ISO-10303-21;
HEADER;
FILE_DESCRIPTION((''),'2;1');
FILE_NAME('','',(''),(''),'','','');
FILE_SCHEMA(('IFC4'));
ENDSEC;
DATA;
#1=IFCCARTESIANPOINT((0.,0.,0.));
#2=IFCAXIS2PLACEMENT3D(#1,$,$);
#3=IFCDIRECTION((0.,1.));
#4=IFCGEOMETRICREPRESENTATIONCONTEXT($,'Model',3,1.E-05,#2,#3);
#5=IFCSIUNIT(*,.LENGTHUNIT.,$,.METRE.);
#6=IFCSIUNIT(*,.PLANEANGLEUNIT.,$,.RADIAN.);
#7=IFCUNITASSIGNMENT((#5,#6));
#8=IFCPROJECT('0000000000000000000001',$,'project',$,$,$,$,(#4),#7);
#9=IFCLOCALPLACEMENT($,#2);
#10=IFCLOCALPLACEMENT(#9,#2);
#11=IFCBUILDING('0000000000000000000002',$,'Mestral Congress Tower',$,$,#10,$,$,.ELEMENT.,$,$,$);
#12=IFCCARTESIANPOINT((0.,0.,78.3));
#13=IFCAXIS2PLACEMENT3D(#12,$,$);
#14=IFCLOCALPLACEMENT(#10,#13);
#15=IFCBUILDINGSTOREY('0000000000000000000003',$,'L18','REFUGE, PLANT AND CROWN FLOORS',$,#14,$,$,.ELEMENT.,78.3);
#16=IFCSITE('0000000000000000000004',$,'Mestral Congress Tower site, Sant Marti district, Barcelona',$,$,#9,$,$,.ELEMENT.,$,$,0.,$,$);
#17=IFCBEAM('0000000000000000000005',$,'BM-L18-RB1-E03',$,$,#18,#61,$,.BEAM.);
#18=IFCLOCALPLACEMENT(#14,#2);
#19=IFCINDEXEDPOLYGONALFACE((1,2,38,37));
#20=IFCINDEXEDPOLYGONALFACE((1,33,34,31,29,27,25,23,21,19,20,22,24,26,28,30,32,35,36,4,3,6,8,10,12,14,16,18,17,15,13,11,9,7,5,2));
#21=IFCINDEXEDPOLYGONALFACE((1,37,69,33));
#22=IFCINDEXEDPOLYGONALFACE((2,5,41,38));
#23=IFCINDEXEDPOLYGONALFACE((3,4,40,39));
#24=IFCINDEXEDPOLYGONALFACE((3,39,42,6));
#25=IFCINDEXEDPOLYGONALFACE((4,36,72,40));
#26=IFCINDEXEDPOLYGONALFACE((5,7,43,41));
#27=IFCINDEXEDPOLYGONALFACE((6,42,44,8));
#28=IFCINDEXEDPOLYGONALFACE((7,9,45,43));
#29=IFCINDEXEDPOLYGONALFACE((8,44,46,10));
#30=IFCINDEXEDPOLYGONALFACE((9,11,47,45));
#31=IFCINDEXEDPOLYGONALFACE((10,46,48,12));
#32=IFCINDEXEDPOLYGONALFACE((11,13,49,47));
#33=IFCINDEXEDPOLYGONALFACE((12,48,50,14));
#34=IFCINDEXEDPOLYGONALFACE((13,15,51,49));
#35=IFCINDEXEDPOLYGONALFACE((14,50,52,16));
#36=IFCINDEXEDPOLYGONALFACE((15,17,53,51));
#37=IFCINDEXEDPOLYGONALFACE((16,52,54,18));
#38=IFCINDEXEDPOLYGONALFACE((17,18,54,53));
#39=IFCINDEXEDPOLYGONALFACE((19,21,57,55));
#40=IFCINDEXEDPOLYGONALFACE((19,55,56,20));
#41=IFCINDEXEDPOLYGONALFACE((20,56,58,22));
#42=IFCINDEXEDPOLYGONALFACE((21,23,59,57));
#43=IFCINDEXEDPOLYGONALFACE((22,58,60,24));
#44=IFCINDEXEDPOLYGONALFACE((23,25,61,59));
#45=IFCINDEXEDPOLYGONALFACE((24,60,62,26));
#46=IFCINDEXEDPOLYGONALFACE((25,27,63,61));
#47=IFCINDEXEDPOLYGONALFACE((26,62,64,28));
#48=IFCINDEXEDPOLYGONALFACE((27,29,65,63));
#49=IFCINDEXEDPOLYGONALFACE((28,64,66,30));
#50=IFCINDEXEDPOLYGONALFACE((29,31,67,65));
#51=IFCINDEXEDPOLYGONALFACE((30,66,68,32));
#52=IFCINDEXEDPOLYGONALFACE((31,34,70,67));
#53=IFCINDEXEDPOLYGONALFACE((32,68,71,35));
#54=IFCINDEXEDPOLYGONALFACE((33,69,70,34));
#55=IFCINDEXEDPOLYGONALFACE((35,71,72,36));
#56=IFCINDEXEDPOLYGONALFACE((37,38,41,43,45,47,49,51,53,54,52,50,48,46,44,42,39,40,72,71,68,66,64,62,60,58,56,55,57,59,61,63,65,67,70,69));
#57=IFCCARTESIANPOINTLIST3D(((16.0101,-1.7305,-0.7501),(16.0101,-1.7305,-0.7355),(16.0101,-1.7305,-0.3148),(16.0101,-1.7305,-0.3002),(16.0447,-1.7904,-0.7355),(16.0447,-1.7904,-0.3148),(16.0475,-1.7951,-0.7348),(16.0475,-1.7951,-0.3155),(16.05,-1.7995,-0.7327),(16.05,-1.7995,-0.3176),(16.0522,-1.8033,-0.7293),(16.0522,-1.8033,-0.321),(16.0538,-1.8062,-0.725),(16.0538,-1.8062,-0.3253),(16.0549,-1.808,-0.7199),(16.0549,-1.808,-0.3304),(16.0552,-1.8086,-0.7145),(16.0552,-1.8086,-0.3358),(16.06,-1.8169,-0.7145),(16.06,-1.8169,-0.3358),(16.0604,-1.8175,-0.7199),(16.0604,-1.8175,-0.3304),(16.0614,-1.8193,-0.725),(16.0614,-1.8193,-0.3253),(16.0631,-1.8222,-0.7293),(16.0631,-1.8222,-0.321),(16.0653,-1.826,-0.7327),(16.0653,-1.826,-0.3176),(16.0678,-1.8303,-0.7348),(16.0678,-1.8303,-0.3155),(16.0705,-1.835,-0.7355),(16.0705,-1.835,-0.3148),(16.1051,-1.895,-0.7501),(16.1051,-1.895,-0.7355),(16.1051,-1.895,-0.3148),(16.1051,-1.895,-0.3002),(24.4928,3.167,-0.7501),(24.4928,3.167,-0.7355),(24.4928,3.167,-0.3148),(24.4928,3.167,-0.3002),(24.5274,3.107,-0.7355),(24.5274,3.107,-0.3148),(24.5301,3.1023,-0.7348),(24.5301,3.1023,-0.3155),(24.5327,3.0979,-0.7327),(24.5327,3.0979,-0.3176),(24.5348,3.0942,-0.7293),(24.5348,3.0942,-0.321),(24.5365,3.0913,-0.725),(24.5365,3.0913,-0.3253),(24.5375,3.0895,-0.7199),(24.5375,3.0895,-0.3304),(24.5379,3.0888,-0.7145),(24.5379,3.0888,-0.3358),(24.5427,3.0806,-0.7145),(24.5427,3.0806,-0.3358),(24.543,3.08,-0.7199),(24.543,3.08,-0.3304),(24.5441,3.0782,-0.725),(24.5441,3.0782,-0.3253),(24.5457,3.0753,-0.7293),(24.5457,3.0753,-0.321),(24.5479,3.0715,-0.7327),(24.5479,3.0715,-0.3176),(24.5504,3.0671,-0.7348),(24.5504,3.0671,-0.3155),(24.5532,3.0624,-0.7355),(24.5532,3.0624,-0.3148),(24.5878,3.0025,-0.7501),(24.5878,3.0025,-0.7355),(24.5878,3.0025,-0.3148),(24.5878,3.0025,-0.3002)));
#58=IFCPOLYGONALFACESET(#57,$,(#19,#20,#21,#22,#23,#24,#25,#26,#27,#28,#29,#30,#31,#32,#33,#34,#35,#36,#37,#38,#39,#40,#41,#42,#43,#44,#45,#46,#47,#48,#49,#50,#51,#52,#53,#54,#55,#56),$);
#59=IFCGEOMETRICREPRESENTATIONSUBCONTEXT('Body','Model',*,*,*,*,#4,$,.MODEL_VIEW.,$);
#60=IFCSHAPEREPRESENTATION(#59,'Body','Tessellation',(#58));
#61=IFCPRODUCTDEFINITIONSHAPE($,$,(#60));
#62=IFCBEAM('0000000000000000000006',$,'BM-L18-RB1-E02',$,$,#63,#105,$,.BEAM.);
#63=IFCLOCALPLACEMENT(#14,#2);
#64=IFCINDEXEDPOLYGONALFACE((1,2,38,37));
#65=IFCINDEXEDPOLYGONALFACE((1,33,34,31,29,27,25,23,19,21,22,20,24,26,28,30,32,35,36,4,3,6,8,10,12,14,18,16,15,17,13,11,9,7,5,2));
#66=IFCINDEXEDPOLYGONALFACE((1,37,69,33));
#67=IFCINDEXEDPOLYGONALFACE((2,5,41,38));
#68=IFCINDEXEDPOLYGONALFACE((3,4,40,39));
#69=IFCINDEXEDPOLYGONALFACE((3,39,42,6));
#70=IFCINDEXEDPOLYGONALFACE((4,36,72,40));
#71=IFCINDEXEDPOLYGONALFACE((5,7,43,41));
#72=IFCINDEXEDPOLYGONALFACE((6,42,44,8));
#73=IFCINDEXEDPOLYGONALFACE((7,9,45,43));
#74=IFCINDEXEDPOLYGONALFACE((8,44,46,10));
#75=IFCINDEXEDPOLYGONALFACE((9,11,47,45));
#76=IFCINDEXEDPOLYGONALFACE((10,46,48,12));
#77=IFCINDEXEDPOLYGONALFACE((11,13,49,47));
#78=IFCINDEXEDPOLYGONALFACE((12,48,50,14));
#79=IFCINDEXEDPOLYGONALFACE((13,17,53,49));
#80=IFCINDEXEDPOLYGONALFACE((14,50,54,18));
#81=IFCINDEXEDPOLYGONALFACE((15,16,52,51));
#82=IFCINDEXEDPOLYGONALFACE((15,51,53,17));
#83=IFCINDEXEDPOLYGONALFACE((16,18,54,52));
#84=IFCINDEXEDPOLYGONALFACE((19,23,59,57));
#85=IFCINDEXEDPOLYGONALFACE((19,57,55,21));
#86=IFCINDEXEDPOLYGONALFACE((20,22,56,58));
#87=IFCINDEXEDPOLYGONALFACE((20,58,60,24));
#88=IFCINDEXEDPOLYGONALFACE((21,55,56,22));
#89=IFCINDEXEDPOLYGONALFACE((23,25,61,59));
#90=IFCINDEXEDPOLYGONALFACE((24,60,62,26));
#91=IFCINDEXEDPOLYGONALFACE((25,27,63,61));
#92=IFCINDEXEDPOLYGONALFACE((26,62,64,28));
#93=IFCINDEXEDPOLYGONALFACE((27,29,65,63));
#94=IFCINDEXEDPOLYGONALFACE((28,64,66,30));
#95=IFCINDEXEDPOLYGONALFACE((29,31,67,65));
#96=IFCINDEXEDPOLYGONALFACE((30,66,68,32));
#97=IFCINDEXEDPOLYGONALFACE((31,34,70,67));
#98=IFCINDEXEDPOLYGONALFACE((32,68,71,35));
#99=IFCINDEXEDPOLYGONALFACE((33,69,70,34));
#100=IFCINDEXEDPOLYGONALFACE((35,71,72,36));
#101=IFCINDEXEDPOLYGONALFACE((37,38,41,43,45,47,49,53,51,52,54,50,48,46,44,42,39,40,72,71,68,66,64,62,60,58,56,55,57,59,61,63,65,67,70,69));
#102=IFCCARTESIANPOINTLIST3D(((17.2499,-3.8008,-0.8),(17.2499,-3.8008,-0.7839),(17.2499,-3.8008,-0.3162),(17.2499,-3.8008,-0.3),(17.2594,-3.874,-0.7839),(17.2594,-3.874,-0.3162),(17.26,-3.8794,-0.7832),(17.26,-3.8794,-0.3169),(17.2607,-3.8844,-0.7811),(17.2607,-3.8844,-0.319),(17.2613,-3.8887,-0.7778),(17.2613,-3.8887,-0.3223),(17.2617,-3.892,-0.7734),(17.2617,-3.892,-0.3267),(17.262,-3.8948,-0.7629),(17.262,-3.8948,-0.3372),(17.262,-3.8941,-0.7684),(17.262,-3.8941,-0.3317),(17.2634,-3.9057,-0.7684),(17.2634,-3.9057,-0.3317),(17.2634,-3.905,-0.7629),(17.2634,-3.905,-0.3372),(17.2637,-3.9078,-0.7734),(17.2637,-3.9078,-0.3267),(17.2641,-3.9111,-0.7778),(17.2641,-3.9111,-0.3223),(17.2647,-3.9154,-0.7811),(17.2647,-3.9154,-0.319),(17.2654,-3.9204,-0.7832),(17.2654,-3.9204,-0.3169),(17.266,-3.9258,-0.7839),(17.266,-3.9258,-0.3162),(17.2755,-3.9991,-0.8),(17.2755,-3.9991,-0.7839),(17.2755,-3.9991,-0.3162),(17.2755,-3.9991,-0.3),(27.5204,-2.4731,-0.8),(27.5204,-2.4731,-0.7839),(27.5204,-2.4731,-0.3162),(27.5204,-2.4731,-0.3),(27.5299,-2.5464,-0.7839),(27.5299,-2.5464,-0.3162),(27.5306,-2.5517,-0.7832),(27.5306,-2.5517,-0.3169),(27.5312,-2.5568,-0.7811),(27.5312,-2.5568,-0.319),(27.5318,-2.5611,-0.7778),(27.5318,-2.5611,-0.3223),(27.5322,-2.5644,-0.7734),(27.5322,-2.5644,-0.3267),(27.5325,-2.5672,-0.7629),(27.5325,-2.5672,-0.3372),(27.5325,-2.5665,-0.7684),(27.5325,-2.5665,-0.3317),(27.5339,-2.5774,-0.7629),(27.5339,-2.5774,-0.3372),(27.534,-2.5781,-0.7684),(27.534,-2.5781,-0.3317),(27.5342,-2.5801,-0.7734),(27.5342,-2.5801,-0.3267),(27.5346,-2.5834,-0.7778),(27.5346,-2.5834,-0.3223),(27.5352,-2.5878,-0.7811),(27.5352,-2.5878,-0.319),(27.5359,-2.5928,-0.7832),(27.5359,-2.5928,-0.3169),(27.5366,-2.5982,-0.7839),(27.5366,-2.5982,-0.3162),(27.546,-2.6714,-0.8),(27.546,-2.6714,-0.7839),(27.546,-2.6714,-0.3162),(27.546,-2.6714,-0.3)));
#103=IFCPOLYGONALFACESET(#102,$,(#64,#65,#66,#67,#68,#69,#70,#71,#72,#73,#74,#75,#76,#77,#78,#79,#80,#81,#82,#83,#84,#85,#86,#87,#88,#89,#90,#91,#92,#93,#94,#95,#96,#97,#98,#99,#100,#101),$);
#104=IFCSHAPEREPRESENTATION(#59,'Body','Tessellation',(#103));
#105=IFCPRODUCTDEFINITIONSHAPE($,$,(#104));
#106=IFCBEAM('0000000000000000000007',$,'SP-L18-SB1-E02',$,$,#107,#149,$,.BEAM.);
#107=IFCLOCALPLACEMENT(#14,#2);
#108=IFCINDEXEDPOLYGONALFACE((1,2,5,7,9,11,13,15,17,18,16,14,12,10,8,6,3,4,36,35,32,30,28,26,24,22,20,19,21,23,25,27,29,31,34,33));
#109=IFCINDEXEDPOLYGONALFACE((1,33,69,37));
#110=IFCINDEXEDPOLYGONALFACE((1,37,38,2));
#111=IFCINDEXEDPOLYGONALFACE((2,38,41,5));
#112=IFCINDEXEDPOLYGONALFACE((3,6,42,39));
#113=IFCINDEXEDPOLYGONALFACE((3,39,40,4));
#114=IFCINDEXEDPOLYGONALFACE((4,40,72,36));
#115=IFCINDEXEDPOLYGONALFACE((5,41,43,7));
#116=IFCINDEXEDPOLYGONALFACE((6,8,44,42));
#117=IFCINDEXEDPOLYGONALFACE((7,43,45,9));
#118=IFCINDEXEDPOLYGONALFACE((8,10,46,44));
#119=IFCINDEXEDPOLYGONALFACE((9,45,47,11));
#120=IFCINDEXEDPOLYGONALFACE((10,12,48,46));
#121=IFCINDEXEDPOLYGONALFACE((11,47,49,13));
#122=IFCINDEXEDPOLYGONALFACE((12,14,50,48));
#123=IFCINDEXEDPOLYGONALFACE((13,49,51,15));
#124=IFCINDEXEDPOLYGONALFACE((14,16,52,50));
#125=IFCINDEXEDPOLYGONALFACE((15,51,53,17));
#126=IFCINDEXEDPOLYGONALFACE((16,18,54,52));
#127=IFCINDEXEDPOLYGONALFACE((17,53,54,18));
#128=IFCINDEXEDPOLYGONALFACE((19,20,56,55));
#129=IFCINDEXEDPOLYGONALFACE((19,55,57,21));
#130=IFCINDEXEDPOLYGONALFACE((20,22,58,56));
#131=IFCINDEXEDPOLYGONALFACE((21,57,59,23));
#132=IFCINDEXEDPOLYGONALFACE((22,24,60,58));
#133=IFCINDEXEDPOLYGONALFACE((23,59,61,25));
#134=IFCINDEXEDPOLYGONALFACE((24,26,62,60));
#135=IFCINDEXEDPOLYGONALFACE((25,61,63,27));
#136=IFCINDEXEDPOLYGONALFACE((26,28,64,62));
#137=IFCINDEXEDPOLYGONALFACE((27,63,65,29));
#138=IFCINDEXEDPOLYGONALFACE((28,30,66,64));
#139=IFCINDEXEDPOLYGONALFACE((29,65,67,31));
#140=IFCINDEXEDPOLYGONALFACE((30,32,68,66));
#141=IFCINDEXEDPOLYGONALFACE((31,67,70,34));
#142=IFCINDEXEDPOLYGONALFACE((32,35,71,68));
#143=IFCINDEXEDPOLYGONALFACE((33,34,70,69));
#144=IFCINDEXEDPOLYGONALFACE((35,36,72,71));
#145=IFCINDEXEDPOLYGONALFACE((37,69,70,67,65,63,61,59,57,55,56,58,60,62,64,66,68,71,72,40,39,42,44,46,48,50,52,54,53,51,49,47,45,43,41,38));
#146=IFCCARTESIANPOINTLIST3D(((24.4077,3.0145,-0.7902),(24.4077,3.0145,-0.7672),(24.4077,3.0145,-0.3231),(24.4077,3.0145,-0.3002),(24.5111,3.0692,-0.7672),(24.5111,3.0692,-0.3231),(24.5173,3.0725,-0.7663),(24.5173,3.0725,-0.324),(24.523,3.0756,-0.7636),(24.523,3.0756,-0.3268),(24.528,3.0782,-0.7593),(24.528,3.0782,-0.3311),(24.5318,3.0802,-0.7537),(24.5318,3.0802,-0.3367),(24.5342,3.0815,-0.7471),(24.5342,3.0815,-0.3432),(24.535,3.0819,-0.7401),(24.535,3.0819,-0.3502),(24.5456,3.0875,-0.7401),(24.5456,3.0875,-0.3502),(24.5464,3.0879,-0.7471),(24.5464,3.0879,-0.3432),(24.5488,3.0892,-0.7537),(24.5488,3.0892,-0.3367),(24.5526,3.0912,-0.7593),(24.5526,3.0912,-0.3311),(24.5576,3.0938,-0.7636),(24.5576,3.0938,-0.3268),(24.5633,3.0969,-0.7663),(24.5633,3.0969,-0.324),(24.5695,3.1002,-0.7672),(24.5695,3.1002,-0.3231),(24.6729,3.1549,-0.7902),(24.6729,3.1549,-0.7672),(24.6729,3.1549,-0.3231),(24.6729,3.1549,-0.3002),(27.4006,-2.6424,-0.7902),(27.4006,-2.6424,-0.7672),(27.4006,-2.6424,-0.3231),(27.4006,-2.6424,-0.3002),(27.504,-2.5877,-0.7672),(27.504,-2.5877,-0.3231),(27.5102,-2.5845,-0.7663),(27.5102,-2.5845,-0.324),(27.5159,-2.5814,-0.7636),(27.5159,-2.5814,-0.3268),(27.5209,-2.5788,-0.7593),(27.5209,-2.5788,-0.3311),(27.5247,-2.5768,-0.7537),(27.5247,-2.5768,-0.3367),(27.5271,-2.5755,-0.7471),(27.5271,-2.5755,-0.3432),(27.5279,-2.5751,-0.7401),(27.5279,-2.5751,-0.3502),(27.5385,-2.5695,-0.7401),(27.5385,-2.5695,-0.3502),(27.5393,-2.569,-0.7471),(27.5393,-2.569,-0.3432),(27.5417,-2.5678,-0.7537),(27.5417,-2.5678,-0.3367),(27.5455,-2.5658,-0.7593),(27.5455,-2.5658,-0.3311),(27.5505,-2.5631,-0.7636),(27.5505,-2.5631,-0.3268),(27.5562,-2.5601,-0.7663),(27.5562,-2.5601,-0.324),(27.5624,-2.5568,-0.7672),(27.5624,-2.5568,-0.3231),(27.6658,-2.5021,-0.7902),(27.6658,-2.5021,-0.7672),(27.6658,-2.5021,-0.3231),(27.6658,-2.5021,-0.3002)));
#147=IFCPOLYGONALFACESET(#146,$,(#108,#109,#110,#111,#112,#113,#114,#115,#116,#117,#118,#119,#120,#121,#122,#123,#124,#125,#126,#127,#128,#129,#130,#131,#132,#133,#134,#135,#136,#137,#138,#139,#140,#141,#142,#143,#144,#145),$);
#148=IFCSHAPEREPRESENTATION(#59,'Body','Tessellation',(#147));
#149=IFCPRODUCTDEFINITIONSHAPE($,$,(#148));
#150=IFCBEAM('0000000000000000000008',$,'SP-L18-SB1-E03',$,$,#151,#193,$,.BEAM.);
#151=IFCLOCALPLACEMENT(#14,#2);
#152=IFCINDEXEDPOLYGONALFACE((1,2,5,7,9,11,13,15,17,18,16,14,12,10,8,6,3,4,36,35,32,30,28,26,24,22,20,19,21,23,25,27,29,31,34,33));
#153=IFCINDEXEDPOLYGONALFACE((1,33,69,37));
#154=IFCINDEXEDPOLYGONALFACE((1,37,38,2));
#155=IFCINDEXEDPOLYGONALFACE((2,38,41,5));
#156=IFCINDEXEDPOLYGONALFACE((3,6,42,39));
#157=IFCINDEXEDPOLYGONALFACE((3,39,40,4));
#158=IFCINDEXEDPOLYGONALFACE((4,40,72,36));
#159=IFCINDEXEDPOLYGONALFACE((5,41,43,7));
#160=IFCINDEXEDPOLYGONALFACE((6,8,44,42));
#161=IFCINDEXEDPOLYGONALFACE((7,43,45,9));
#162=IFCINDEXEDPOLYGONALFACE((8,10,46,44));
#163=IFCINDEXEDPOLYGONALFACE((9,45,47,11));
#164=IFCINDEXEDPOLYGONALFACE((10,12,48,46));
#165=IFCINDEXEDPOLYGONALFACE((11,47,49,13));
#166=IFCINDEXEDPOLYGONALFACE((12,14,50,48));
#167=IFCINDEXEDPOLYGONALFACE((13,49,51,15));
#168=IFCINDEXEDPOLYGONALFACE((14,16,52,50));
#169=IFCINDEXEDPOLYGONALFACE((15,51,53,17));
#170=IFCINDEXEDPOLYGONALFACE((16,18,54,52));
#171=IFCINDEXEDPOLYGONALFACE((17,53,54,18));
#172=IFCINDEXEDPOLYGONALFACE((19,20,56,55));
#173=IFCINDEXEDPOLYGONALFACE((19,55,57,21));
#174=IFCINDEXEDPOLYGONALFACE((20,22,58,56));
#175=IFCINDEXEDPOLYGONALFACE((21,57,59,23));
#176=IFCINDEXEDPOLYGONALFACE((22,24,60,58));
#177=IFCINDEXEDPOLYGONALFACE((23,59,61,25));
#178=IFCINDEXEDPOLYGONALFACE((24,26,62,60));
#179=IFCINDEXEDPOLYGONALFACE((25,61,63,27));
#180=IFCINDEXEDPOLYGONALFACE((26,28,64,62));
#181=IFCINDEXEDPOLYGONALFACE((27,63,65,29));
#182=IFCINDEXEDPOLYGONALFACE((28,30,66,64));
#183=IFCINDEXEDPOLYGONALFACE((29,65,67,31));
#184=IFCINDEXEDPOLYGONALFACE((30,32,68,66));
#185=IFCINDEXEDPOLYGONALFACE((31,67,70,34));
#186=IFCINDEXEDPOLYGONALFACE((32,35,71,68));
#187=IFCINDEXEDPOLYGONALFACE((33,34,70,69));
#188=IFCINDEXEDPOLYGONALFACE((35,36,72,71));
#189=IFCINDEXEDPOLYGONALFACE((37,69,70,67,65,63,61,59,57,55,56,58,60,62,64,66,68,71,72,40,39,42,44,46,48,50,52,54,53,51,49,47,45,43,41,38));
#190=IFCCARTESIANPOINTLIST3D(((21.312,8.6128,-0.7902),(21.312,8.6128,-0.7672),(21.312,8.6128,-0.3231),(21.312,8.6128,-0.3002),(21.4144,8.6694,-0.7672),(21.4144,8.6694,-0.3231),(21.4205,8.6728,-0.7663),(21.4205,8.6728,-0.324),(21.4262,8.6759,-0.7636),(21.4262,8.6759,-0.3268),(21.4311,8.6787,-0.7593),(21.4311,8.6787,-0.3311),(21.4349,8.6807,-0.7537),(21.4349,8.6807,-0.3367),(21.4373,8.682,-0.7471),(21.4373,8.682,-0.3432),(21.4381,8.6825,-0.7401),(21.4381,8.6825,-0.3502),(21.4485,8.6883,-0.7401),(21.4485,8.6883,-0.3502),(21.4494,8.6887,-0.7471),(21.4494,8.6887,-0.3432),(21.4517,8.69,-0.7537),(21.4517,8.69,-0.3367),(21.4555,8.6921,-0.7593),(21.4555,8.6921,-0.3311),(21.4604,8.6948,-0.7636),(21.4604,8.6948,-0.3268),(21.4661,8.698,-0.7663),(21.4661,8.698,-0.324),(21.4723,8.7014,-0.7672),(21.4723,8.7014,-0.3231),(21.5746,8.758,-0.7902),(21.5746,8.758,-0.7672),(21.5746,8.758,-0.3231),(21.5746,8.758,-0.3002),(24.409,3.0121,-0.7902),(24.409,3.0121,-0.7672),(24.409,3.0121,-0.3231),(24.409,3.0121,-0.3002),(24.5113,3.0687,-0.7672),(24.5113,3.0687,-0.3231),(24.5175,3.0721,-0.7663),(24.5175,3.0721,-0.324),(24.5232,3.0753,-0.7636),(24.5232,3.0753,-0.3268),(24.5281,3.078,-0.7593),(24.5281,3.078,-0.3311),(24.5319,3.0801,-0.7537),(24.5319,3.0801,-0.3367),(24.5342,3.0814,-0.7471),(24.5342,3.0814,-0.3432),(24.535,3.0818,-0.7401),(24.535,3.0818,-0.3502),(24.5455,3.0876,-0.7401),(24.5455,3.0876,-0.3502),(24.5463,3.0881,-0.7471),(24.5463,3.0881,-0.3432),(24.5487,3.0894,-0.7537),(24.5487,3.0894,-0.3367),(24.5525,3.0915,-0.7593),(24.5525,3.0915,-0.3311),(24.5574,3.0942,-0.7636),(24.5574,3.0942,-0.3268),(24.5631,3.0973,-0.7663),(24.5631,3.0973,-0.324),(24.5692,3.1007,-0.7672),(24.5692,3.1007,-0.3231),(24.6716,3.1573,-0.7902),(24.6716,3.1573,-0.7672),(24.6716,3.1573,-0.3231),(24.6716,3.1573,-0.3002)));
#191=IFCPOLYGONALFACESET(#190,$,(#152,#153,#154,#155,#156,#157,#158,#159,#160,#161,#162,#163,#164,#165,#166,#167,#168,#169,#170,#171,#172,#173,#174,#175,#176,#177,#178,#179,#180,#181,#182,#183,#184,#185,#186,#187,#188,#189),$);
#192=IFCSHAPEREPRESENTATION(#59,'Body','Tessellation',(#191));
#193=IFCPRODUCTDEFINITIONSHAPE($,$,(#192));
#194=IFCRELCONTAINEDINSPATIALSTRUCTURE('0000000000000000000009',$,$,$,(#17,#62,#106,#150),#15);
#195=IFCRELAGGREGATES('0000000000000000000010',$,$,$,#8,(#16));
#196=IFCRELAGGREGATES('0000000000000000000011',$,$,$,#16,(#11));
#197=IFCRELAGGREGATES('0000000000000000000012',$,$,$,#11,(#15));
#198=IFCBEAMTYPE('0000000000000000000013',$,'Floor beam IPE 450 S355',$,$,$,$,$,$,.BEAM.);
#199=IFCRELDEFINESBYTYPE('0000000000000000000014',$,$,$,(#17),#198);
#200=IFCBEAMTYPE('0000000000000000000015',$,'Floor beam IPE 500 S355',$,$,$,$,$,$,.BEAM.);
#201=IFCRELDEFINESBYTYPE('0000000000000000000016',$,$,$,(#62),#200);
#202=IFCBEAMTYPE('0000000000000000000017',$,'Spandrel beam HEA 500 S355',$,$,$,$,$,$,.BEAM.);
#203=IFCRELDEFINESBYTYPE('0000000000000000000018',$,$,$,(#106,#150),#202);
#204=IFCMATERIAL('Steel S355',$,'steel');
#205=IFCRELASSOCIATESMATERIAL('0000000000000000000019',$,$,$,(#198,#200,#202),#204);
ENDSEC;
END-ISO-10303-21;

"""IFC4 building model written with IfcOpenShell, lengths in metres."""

from ifc_helpers import new_model, si_unit, direction, frame, origin, origin_2d, place, context, subcontext, project, spatial, i_section, extrude, material, material_profile, profile_set, type_object, element, save


model = new_model("IFC4")

# Units and contexts
model_context = context("Model", 3, precision=1e-05, world=origin(), true_north=direction((0.0, 1.0)))
body_context = subcontext(model_context, "Body", "Model", "MODEL_VIEW")
ifc_project = project(units=[si_unit("LENGTHUNIT", "METRE"), si_unit("PLANEANGLEUNIT", "RADIAN")], contexts=[model_context])

# Site, building, storey
site_placement = place(None, origin())
site = spatial("IfcSite", under=ifc_project, at=site_placement, Name="Mestral Congress Tower site, Sant Marti district, Barcelona", CompositionType="ELEMENT", RefElevation=0.0)
building_placement = place(site_placement, origin())
building = spatial("IfcBuilding", under=site, at=building_placement, Name="Mestral Congress Tower", CompositionType="ELEMENT")
storey_placement = place(building_placement, frame((0.0, 0.0, 78.3)))
storey = spatial("IfcBuildingStorey", under=building, at=storey_placement, Name="L18", Description="REFUGE, PLANT AND CROWN FLOORS", CompositionType="ELEMENT", Elevation=78.3)

# Shared definitions
ifc_material_1 = material(Name="Steel S355", Category="steel")

# Beams
ifc_material_profile_1 = material_profile(ifc_material_1, i_section(OverallWidth=0.1899, OverallDepth=0.45, WebThickness=0.0095, FlangeThickness=0.0146, FilletRadius=0.021, at=origin_2d()), Name="IPE 450")
ifc_profile_set_1 = profile_set([ifc_material_profile_1], Name="Steel S355")
beam_type_1 = type_object("IfcBeamType", Name="Floor beam IPE 450 S355", PredefinedType="BEAM", material=ifc_profile_set_1)
beam_1_placement = place(storey_placement, frame((24.5403, 3.0847, -0.5251), z_axis=(-0.866026, -0.499999, 0.0), x_axis=(0.499999, -0.866026, 0.0)))
element("IfcBeam", 1, at=beam_1_placement, inside=storey, type_object=beam_type_1, Name="BM-L18-RB1-E03", PredefinedType="BEAM", context=body_context, shape_type="SweptSolid", body=[
    extrude(i_section(OverallWidth=0.1899, OverallDepth=0.45, WebThickness=0.0095, FlangeThickness=0.0146, FilletRadius=0.021, at=origin_2d()), origin(), (0.0, 0.0, 1.0), 9.7949),
])
ifc_material_profile_2 = material_profile(ifc_material_1, i_section(OverallWidth=0.2, OverallDepth=0.5, WebThickness=0.0103, FlangeThickness=0.0161, FilletRadius=0.021, at=origin_2d()), Name="IPE 500")
ifc_profile_set_2 = profile_set([ifc_material_profile_2], Name="Steel S355")
beam_type_2 = type_object("IfcBeamType", Name="Floor beam IPE 500 S355", PredefinedType="BEAM", material=ifc_profile_set_2)
beam_2_placement = place(storey_placement, frame((27.5332, -2.5723, -0.55), z_axis=(-0.991748, -0.1282, 0.0), x_axis=(0.1282, -0.991748, 0.0)))
element("IfcBeam", 2, at=beam_2_placement, inside=storey, type_object=beam_type_2, Name="BM-L18-RB1-E02", PredefinedType="BEAM", context=body_context, shape_type="SweptSolid", body=[
    extrude(i_section(OverallWidth=0.2, OverallDepth=0.5, WebThickness=0.0103, FlangeThickness=0.0161, FilletRadius=0.021, at=origin_2d()), origin(), (0.0, 0.0, 1.0), 10.356),
])
ifc_material_profile_3 = material_profile(ifc_material_1, i_section(OverallWidth=0.3, OverallDepth=0.49, WebThickness=0.012, FlangeThickness=0.0229, FilletRadius=0.0271, at=origin_2d()), Name="HEA 500")
ifc_profile_set_3 = profile_set([ifc_material_profile_3], Name="Steel S355")
beam_type_3 = type_object("IfcBeamType", Name="Spandrel beam HEA 500 S355", PredefinedType="BEAM", material=ifc_profile_set_3)
for number, where, z_axis, x_axis, name in (
    (3, (27.5332, -2.5723, -0.5452), (-0.467649, 0.883914, 0.0), (-0.883914, -0.467649, 0.0), "SP-L18-SB1-E02"),
    (4, (24.5403, 3.0847, -0.5452), (-0.483909, 0.875118, 0.0), (-0.875118, -0.483909, 0.0), "SP-L18-SB1-E03"),
):
    element("IfcBeam", number, at=place(storey_placement, frame(where, z_axis=z_axis, x_axis=x_axis)), inside=storey, type_object=beam_type_3, Name=name, PredefinedType="BEAM", context=body_context, shape_type="SweptSolid", body=[
        extrude(i_section(OverallWidth=0.3, OverallDepth=0.49, WebThickness=0.012, FlangeThickness=0.0229, FilletRadius=0.0271, at=origin_2d()), origin(), (0.0, 0.0, 1.0), 6.3999),
    ])

save(model, "model.ifc")
